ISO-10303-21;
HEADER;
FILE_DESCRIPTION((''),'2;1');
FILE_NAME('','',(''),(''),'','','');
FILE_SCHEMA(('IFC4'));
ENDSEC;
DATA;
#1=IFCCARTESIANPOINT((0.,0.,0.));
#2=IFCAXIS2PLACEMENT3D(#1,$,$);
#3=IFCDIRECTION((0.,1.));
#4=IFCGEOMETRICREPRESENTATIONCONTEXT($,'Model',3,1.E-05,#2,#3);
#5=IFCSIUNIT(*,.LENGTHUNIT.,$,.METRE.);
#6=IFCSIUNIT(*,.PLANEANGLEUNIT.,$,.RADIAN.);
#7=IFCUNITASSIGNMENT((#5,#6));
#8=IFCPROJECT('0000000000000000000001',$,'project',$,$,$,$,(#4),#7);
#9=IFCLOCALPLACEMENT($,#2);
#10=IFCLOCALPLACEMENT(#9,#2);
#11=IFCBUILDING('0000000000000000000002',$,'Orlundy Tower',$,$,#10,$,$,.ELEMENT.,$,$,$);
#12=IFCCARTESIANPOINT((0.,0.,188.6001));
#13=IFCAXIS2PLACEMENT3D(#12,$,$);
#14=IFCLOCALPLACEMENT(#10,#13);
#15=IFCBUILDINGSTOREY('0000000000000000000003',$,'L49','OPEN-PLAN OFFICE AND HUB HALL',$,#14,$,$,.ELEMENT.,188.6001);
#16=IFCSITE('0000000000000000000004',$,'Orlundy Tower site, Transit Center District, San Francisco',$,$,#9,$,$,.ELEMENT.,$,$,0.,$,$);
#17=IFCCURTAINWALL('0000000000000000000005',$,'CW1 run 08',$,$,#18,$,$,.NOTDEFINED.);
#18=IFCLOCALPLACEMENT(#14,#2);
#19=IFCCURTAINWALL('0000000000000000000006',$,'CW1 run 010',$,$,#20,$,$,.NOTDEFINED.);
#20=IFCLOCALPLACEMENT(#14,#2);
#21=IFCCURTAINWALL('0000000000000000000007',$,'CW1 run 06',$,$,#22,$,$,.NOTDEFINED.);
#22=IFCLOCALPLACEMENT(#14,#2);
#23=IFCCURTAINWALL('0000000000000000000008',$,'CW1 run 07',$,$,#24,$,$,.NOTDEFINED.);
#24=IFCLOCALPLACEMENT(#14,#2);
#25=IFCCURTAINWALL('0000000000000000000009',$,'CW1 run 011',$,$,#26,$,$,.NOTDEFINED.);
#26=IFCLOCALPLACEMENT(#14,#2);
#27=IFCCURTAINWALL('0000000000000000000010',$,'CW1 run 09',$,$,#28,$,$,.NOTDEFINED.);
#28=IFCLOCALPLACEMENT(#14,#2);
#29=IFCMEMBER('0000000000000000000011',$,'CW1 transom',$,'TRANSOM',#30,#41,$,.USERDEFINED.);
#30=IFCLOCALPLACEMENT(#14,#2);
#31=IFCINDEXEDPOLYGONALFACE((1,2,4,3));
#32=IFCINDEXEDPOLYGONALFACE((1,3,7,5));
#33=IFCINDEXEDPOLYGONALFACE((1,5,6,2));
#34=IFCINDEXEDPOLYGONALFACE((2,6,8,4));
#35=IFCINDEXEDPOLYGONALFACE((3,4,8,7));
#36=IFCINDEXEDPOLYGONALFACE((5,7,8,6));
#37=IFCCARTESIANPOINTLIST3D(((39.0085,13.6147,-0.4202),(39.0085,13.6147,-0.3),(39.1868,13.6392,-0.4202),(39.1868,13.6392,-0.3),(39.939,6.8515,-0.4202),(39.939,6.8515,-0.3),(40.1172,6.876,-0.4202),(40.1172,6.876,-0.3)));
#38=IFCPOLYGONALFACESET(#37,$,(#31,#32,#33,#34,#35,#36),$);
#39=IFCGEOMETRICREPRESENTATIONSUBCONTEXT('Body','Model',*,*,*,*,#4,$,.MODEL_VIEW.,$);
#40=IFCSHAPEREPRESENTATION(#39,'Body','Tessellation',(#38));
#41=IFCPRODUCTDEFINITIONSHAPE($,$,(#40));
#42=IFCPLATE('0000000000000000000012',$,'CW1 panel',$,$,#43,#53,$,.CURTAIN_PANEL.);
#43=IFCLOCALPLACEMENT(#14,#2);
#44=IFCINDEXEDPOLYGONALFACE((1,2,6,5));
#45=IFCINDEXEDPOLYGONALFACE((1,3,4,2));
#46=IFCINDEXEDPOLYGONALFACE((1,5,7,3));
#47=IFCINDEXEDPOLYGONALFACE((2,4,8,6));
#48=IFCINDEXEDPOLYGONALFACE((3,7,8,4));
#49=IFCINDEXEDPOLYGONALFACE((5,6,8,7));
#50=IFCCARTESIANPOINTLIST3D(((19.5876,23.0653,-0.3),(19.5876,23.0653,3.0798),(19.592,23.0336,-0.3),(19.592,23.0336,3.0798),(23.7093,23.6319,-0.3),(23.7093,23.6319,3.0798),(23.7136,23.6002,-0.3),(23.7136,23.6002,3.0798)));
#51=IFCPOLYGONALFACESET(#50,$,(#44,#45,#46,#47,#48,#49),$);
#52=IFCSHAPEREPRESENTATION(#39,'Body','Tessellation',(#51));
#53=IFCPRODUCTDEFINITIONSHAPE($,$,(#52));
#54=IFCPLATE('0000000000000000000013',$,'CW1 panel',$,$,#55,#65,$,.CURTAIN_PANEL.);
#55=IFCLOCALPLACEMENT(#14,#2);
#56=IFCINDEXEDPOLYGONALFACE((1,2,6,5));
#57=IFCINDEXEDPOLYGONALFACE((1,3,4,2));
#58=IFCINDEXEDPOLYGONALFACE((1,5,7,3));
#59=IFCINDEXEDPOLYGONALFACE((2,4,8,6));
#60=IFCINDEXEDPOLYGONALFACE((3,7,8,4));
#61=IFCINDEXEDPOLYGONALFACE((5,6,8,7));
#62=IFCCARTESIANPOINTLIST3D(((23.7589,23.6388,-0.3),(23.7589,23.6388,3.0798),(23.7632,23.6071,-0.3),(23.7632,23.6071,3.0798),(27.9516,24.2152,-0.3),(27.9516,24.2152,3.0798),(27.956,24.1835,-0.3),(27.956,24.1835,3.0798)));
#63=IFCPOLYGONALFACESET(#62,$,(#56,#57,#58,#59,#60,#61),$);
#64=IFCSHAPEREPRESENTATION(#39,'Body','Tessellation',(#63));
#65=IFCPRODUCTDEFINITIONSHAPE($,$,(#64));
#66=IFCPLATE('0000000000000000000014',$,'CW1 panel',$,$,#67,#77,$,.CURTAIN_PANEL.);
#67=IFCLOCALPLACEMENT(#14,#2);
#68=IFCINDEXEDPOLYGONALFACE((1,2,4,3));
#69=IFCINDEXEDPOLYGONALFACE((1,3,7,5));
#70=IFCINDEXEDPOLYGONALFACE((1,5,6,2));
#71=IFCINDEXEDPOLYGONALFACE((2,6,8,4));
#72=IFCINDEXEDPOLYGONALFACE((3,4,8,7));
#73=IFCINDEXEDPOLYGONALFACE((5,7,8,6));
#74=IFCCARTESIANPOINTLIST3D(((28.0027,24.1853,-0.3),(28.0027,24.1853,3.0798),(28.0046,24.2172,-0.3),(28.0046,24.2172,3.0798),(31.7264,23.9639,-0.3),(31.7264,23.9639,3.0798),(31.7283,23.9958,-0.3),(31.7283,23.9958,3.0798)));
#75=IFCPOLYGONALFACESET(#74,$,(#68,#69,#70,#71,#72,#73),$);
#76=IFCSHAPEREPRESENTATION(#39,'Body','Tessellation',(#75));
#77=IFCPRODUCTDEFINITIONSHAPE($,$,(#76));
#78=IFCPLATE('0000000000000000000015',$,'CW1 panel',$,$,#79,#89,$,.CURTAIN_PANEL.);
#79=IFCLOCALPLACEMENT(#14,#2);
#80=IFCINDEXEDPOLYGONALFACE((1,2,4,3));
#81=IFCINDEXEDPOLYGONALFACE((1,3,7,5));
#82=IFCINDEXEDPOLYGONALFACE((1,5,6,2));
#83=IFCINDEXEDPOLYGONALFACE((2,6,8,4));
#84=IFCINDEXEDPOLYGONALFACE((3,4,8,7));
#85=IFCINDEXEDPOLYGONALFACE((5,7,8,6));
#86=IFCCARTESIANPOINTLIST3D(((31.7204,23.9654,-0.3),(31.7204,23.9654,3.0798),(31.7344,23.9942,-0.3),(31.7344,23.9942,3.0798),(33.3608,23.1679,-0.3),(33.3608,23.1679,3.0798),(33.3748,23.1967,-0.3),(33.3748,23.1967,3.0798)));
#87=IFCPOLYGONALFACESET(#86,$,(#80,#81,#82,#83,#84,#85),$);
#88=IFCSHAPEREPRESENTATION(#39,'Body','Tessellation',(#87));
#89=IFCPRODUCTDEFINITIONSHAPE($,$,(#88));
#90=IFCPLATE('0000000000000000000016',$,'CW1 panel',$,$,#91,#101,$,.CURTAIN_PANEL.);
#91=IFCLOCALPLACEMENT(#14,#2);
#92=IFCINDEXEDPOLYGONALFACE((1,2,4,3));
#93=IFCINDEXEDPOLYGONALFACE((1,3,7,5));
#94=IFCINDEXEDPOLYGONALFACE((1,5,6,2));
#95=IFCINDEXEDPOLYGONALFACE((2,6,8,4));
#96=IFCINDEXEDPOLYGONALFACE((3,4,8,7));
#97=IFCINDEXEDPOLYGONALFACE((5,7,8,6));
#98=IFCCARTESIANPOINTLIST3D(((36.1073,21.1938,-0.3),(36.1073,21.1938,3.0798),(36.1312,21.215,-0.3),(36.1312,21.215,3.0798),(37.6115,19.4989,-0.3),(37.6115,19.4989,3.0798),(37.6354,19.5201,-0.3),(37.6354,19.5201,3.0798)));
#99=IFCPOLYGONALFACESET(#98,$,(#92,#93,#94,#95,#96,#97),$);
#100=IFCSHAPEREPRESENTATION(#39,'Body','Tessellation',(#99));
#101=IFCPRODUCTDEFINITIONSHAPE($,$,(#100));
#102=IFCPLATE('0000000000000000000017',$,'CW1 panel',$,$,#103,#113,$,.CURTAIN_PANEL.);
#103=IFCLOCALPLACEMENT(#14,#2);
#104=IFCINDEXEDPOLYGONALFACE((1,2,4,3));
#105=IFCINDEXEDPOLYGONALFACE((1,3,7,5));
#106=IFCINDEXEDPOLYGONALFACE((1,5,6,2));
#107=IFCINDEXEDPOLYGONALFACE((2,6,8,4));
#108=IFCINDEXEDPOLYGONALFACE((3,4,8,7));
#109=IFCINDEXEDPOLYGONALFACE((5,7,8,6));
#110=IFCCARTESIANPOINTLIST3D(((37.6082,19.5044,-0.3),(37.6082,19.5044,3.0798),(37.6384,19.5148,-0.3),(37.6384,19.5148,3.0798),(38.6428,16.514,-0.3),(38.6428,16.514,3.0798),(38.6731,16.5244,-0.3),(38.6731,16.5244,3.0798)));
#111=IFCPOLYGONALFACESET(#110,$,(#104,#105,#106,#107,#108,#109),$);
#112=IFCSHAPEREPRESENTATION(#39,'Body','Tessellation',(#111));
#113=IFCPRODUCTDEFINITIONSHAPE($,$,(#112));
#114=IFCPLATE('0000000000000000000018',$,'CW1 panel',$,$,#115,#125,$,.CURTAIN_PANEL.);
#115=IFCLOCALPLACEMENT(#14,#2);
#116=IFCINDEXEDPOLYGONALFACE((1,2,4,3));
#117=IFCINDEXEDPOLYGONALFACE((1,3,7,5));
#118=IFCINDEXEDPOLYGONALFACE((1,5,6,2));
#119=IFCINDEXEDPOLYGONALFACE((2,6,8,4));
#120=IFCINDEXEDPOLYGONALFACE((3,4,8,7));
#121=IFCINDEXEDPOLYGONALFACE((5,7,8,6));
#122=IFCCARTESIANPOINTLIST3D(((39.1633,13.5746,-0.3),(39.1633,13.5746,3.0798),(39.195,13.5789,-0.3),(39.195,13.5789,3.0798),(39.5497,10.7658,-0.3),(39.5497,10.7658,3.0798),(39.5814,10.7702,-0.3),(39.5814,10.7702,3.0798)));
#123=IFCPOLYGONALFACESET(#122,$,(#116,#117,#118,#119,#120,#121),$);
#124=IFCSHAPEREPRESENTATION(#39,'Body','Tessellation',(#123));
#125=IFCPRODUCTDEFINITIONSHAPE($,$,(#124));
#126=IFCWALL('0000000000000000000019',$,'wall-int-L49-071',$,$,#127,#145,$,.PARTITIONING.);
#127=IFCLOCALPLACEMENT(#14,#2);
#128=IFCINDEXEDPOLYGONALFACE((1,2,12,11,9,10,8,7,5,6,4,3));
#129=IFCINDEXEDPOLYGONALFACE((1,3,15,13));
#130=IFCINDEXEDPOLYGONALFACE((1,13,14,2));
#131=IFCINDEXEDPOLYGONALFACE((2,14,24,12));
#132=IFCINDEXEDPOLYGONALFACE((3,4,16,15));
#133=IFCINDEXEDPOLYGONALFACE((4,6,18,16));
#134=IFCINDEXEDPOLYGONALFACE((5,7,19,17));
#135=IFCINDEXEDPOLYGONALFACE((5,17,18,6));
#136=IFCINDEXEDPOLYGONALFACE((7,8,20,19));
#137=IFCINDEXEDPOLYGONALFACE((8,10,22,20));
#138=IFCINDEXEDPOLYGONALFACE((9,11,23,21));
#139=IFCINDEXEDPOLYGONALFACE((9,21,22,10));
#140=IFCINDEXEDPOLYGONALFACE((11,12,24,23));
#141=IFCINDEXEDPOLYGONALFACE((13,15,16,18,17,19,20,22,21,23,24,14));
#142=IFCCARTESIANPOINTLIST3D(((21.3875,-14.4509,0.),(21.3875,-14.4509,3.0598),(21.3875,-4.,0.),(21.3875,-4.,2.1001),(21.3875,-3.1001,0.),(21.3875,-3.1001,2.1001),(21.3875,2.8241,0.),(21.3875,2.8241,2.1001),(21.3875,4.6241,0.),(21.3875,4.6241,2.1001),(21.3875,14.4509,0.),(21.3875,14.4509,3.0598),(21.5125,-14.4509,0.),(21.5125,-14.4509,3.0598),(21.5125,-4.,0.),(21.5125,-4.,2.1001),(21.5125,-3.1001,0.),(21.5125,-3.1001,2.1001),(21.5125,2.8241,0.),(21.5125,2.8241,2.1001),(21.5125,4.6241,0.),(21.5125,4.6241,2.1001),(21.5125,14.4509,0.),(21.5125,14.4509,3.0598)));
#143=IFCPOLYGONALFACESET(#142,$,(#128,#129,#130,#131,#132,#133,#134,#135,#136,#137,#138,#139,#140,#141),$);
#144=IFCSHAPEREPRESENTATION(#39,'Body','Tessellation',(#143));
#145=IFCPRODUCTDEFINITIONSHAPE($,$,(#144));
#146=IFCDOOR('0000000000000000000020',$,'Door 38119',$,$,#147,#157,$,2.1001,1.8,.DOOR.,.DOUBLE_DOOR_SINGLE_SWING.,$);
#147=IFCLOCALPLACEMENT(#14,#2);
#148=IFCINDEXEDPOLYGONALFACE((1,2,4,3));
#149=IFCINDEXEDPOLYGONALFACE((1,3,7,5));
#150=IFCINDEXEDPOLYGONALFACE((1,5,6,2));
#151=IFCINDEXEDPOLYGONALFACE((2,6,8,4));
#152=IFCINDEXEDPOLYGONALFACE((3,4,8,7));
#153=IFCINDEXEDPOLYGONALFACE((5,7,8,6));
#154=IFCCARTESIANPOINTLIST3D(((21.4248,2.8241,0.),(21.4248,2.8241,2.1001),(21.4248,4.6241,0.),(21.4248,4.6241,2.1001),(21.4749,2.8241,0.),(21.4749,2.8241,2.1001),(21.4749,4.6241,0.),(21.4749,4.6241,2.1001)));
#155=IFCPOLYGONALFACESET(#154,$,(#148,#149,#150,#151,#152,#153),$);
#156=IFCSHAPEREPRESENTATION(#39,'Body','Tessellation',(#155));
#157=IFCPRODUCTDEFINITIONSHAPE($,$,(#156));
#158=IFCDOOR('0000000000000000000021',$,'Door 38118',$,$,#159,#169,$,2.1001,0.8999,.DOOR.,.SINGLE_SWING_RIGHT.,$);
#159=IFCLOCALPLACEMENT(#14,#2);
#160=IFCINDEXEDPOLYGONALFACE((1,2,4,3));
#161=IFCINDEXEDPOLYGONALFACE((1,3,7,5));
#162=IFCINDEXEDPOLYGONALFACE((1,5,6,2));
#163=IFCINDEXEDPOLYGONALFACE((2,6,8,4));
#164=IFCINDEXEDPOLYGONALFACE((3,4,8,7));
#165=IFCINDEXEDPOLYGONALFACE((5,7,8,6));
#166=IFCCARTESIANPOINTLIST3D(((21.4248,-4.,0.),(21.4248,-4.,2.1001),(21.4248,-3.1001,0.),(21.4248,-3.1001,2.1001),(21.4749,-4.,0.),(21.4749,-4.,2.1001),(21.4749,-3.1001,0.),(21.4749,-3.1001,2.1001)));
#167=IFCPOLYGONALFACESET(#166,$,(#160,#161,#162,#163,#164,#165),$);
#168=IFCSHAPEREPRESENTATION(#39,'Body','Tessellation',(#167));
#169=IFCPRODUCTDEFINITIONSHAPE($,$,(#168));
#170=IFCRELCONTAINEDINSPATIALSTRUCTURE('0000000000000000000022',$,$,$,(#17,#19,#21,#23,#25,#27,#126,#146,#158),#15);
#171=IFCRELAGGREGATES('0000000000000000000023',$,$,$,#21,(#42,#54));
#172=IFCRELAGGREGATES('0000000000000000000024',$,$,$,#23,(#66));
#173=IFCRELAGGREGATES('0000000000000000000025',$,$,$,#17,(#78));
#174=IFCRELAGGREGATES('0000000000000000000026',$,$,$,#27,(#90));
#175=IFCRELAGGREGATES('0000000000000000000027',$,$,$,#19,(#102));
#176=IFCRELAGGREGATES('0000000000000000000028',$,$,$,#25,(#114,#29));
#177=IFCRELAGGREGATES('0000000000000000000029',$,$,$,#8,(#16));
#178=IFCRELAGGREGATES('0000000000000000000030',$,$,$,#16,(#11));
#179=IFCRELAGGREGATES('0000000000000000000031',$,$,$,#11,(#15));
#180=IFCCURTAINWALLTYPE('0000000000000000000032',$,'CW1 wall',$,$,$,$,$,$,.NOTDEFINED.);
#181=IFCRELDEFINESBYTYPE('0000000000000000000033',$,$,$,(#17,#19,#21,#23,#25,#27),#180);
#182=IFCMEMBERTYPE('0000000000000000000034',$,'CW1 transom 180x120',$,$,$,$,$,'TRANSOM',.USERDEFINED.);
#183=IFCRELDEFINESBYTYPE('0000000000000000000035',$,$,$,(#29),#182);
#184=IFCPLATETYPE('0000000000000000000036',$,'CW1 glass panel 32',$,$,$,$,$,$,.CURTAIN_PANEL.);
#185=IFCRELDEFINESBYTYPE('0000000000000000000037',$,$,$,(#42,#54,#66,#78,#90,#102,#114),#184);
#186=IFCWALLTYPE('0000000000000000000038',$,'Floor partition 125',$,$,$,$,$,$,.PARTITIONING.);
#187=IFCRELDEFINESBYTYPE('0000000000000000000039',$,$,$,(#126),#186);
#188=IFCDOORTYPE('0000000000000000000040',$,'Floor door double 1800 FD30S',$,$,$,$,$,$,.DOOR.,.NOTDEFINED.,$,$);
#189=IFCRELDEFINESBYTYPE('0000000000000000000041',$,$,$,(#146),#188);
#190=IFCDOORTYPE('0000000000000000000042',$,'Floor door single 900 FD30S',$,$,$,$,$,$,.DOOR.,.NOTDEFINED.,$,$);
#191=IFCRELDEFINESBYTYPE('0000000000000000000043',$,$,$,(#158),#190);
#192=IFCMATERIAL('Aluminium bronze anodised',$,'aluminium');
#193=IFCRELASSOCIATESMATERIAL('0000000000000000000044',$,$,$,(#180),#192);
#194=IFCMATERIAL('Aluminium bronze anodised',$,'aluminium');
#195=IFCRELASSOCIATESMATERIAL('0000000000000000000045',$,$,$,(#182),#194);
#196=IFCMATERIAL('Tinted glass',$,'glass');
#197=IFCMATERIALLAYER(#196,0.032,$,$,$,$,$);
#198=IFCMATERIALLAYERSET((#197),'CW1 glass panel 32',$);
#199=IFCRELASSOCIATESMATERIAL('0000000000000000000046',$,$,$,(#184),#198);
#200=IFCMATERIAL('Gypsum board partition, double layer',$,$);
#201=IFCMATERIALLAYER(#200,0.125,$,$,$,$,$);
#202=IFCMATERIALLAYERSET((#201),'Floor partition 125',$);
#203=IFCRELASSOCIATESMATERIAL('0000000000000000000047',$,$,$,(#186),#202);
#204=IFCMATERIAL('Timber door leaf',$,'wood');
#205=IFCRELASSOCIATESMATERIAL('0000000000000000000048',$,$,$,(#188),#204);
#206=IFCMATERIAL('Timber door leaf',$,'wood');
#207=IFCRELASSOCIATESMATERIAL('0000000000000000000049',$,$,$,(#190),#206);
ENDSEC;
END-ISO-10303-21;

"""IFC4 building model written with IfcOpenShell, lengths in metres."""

from ifc_helpers import new_model, si_unit, direction, frame, frame_2d, origin, origin_2d, place, context, subcontext, project, spatial, rectangle, extrude, material, layer, layer_set, material_profile, profile_set, type_object, element, fill, aggregate, save


model = new_model("IFC4")

# Units and contexts
model_context = context("Model", 3, precision=1e-05, world=origin(), true_north=direction((0.0, 1.0)))
body_context = subcontext(model_context, "Body", "Model", "MODEL_VIEW")
ifc_project = project(units=[si_unit("LENGTHUNIT", "METRE"), si_unit("PLANEANGLEUNIT", "RADIAN")], contexts=[model_context])

# Site, building, storey
site_placement = place(None, origin())
site = spatial("IfcSite", under=ifc_project, at=site_placement, Name="Orlundy Tower site, Transit Center District, San Francisco", CompositionType="ELEMENT", RefElevation=0.0)
building_placement = place(site_placement, origin())
building = spatial("IfcBuilding", under=site, at=building_placement, Name="Orlundy Tower", CompositionType="ELEMENT")
storey_placement = place(building_placement, frame((0.0, 0.0, 188.6001)))
storey = spatial("IfcBuildingStorey", under=building, at=storey_placement, Name="L49", Description="OPEN-PLAN OFFICE AND HUB HALL", CompositionType="ELEMENT", Elevation=188.6001)

# Curtain walls
ifc_material_1 = material(Name="Aluminium bronze anodised", Category="aluminium")
curtain_wall_type = type_object("IfcCurtainWallType", Name="CW1 wall", PredefinedType="NOTDEFINED", material=ifc_material_1)
curtain_wall_1_placement = place(storey_placement, origin())
curtain_wall_1 = element("IfcCurtainWall", 1, at=curtain_wall_1_placement, inside=storey, type_object=curtain_wall_type, Name="CW1 run 08", PredefinedType="NOTDEFINED")
curtain_wall_2_placement = place(storey_placement, origin())
curtain_wall_2 = element("IfcCurtainWall", 2, at=curtain_wall_2_placement, inside=storey, type_object=curtain_wall_type, Name="CW1 run 010", PredefinedType="NOTDEFINED")
curtain_wall_3_placement = place(storey_placement, origin())
curtain_wall_3 = element("IfcCurtainWall", 3, at=curtain_wall_3_placement, inside=storey, type_object=curtain_wall_type, Name="CW1 run 06", PredefinedType="NOTDEFINED")
curtain_wall_4_placement = place(storey_placement, origin())
curtain_wall_4 = element("IfcCurtainWall", 4, at=curtain_wall_4_placement, inside=storey, type_object=curtain_wall_type, Name="CW1 run 07", PredefinedType="NOTDEFINED")
curtain_wall_5_placement = place(storey_placement, origin())
curtain_wall_5 = element("IfcCurtainWall", 5, at=curtain_wall_5_placement, inside=storey, type_object=curtain_wall_type, Name="CW1 run 011", PredefinedType="NOTDEFINED")

# Shared definitions
ifc_material_2 = material(Name="Aluminium bronze anodised", Category="aluminium")
ifc_material_profile_1 = material_profile(ifc_material_2, rectangle(XDim=0.1799, YDim=0.1201, at=origin_2d()), Name="CW1 transom 180x120")
ifc_profile_set_1 = profile_set([ifc_material_profile_1], Name="Aluminium bronze anodised")
member_type_1 = type_object("IfcMemberType", Name="CW1 transom 180x120", ElementType="TRANSOM", PredefinedType="USERDEFINED", material=ifc_profile_set_1)

# Curtain wall
curtain_wall_6_placement = place(storey_placement, origin())
curtain_wall_6 = element("IfcCurtainWall", 6, at=curtain_wall_6_placement, inside=storey, type_object=curtain_wall_type, Name="CW1 run 09", PredefinedType="NOTDEFINED")

# Member
member_1_placement = place(storey_placement, frame((39.0977, 13.627, -0.3601), z_axis=(0.136288, -0.990669, 0.0), x_axis=(0.990669, 0.136288, 0.0)))
member_1 = element("IfcMember", 7, at=member_1_placement, type_object=member_type_1, Name="CW1 transom", ObjectType="TRANSOM", PredefinedType="USERDEFINED", context=body_context, shape_type="SweptSolid", body=[
    extrude(rectangle(XDim=0.1799, YDim=0.1201, at=origin_2d()), origin(), (0.0, 0.0, 1.0), 6.8269),
])

# Plates
ifc_material_3 = material(Name="Tinted glass", Category="glass")
ifc_layer_1 = layer(ifc_material_3, 0.032)
ifc_layer_set_1 = layer_set([ifc_layer_1], Name="CW1 glass panel 32")
plate_type = type_object("IfcPlateType", Name="CW1 glass panel 32", PredefinedType="CURTAIN_PANEL", material=ifc_layer_set_1)
plate_1_placement = place(storey_placement, frame((21.6506, 23.3328, -0.3), z_axis=(0.0, 0.0, 1.0), x_axis=(0.990683, 0.136185, 0.0)))
plate_1 = element("IfcPlate", 8, at=plate_1_placement, type_object=plate_type, Name="CW1 panel", PredefinedType="CURTAIN_PANEL", context=body_context, shape_type="SweptSolid", body=[
    extrude(rectangle(XDim=4.1604, YDim=0.032, at=origin_2d()), origin(), (0.0, 0.0, 1.0), 3.3799),
])
plate_2_placement = place(storey_placement, frame((25.8574, 23.9111, -0.3), z_axis=(0.0, 0.0, 1.0), x_axis=(0.990683, 0.136185, 0.0)))
plate_2 = element("IfcPlate", 9, at=plate_2_placement, type_object=plate_type, Name="CW1 panel", PredefinedType="CURTAIN_PANEL", context=body_context, shape_type="SweptSolid", body=[
    extrude(rectangle(XDim=4.2322, YDim=0.032, at=origin_2d()), origin(), (0.0, 0.0, 1.0), 3.3799),
])
aggregate(curtain_wall_3, [plate_1, plate_2])
plate_3_placement = place(storey_placement, frame((29.8655, 24.0906, -0.3), z_axis=(0.0, 0.0, 1.0), x_axis=(0.998237, -0.059355, 0.0)))
plate_3 = element("IfcPlate", 10, at=plate_3_placement, type_object=plate_type, Name="CW1 panel", PredefinedType="CURTAIN_PANEL", context=body_context, shape_type="SweptSolid", body=[
    extrude(rectangle(XDim=3.7302, YDim=0.032, at=origin_2d()), origin(), (0.0, 0.0, 1.0), 3.3799),
])
aggregate(curtain_wall_4, [plate_3])
plate_4_placement = place(storey_placement, frame((32.5476, 23.5811, -0.3), z_axis=(0.0, 0.0, 1.0), x_axis=(0.899335, -0.437259, 0.0)))
plate_4 = element("IfcPlate", 11, at=plate_4_placement, type_object=plate_type, Name="CW1 panel", PredefinedType="CURTAIN_PANEL", context=body_context, shape_type="SweptSolid", body=[
    extrude(rectangle(XDim=1.824, YDim=0.032, at=origin_2d()), origin(), (0.0, 0.0, 1.0), 3.3799),
])
aggregate(curtain_wall_1, [plate_4])
plate_5_placement = place(storey_placement, frame((36.8713, 20.3569, -0.3), z_axis=(0.0, 0.0, 1.0), x_axis=(0.663761, -0.747945, 0.0)))
plate_5 = element("IfcPlate", 12, at=plate_5_placement, type_object=plate_type, Name="CW1 panel", PredefinedType="CURTAIN_PANEL", context=body_context, shape_type="SweptSolid", body=[
    extrude(rectangle(XDim=2.2661, YDim=0.032, at=origin_2d()), origin(), (0.0, 0.0, 1.0), 3.3799),
])
aggregate(curtain_wall_6, [plate_5])
plate_6_placement = place(storey_placement, frame((38.1406, 18.0144, -0.3), z_axis=(0.0, 0.0, 1.0), x_axis=(0.326972, -0.945034, 0.0)))
plate_6 = element("IfcPlate", 13, at=plate_6_placement, type_object=plate_type, Name="CW1 panel", PredefinedType="CURTAIN_PANEL", context=body_context, shape_type="SweptSolid", body=[
    extrude(rectangle(XDim=3.1643, YDim=0.032, at=origin_2d()), origin(), (0.0, 0.0, 1.0), 3.3799),
])
aggregate(curtain_wall_2, [plate_6])
plate_7_placement = place(storey_placement, frame((39.3723, 12.1724, -0.3), z_axis=(0.0, 0.0, 1.0), x_axis=(0.136286, -0.99067, 0.0)))
plate_7 = element("IfcPlate", 14, at=plate_7_placement, type_object=plate_type, Name="CW1 panel", PredefinedType="CURTAIN_PANEL", context=body_context, shape_type="SweptSolid", body=[
    extrude(rectangle(XDim=2.8352, YDim=0.032, at=origin_2d()), origin(), (0.0, 0.0, 1.0), 3.3799),
])
aggregate(curtain_wall_5, [plate_7, member_1])

# Wall, openings, doors
ifc_material_4 = material(Name="Gypsum board partition, double layer")
ifc_layer_2 = layer(ifc_material_4, 0.125)
ifc_layer_set_2 = layer_set([ifc_layer_2], Name="Floor partition 125")
wall_type = type_object("IfcWallType", Name="Floor partition 125", PredefinedType="PARTITIONING", material=ifc_layer_set_2)
wall_placement = place(storey_placement, frame((21.45, 14.4509, 0.0), z_axis=(0.0, 0.0, 1.0), x_axis=(0.0, -1.0, 0.0)))
wall = element("IfcWall", 15, at=wall_placement, inside=storey, type_object=wall_type, Name="wall-int-L49-071", PredefinedType="PARTITIONING", context=body_context, shape_type="SweptSolid", body=[
    extrude(rectangle(XDim=28.9019, YDim=0.125, at=frame_2d((14.4509, 0.0))), origin(), (0.0, 0.0, 1.0), 3.0598),
])
opening_1_placement = place(wall_placement, frame((17.551, 0.0, 0.0)))
opening_1 = element("IfcOpeningElement", 16, at=opening_1_placement, cuts=wall, PredefinedType="OPENING", context=body_context, shape_type="SweptSolid", body=[
    extrude(rectangle(XDim=0.8999, YDim=2.1001, at=frame_2d((0.45, 1.05))), frame((0.0, 0.0725, 0.0), z_axis=(0.0, -1.0, 0.0), x_axis=(1.0, 0.0, 0.0)), (0.0, 0.0, 1.0), 0.145),
])
opening_2_placement = place(wall_placement, frame((9.8269, 0.0, 0.0)))
opening_2 = element("IfcOpeningElement", 17, at=opening_2_placement, cuts=wall, PredefinedType="OPENING", context=body_context, shape_type="SweptSolid", body=[
    extrude(rectangle(XDim=1.8, YDim=2.1001, at=frame_2d((0.8999, 1.05))), frame((0.0, 0.0725, 0.0), z_axis=(0.0, -1.0, 0.0), x_axis=(1.0, 0.0, 0.0)), (0.0, 0.0, 1.0), 0.145),
])
ifc_material_5 = material(Name="Timber door leaf", Category="wood")
door_type_1 = type_object("IfcDoorType", Name="Floor door double 1800 FD30S", OperationType="NOTDEFINED", PredefinedType="DOOR", material=ifc_material_5)
door_1_placement = place(opening_2_placement, origin())
door_1 = element("IfcDoor", 18, at=door_1_placement, inside=storey, type_object=door_type_1, Name="Door 38119", OperationType="DOUBLE_DOOR_SINGLE_SWING", OverallHeight=2.1001, OverallWidth=1.8, PredefinedType="DOOR", context=body_context, shape_type="SweptSolid", body=[
    extrude(rectangle(XDim=1.8, YDim=2.1001, at=frame_2d((0.8999, 1.05))), frame((0.0, 0.0249, 0.0), z_axis=(0.0, -1.0, 0.0), x_axis=(1.0, 0.0, 0.0)), (0.0, 0.0, 1.0), 0.05),
])
fill(opening_2, door_1)
ifc_material_6 = material(Name="Timber door leaf", Category="wood")
door_type_2 = type_object("IfcDoorType", Name="Floor door single 900 FD30S", OperationType="NOTDEFINED", PredefinedType="DOOR", material=ifc_material_6)
door_2_placement = place(opening_1_placement, origin())
door_2 = element("IfcDoor", 19, at=door_2_placement, inside=storey, type_object=door_type_2, Name="Door 38118", OperationType="SINGLE_SWING_RIGHT", OverallHeight=2.1001, OverallWidth=0.8999, PredefinedType="DOOR", context=body_context, shape_type="SweptSolid", body=[
    extrude(rectangle(XDim=0.8999, YDim=2.1001, at=frame_2d((0.45, 1.05))), frame((0.0, 0.0249, 0.0), z_axis=(0.0, -1.0, 0.0), x_axis=(1.0, 0.0, 0.0)), (0.0, 0.0, 1.0), 0.05),
])
fill(opening_1, door_2)

save(model, "model.ifc")
